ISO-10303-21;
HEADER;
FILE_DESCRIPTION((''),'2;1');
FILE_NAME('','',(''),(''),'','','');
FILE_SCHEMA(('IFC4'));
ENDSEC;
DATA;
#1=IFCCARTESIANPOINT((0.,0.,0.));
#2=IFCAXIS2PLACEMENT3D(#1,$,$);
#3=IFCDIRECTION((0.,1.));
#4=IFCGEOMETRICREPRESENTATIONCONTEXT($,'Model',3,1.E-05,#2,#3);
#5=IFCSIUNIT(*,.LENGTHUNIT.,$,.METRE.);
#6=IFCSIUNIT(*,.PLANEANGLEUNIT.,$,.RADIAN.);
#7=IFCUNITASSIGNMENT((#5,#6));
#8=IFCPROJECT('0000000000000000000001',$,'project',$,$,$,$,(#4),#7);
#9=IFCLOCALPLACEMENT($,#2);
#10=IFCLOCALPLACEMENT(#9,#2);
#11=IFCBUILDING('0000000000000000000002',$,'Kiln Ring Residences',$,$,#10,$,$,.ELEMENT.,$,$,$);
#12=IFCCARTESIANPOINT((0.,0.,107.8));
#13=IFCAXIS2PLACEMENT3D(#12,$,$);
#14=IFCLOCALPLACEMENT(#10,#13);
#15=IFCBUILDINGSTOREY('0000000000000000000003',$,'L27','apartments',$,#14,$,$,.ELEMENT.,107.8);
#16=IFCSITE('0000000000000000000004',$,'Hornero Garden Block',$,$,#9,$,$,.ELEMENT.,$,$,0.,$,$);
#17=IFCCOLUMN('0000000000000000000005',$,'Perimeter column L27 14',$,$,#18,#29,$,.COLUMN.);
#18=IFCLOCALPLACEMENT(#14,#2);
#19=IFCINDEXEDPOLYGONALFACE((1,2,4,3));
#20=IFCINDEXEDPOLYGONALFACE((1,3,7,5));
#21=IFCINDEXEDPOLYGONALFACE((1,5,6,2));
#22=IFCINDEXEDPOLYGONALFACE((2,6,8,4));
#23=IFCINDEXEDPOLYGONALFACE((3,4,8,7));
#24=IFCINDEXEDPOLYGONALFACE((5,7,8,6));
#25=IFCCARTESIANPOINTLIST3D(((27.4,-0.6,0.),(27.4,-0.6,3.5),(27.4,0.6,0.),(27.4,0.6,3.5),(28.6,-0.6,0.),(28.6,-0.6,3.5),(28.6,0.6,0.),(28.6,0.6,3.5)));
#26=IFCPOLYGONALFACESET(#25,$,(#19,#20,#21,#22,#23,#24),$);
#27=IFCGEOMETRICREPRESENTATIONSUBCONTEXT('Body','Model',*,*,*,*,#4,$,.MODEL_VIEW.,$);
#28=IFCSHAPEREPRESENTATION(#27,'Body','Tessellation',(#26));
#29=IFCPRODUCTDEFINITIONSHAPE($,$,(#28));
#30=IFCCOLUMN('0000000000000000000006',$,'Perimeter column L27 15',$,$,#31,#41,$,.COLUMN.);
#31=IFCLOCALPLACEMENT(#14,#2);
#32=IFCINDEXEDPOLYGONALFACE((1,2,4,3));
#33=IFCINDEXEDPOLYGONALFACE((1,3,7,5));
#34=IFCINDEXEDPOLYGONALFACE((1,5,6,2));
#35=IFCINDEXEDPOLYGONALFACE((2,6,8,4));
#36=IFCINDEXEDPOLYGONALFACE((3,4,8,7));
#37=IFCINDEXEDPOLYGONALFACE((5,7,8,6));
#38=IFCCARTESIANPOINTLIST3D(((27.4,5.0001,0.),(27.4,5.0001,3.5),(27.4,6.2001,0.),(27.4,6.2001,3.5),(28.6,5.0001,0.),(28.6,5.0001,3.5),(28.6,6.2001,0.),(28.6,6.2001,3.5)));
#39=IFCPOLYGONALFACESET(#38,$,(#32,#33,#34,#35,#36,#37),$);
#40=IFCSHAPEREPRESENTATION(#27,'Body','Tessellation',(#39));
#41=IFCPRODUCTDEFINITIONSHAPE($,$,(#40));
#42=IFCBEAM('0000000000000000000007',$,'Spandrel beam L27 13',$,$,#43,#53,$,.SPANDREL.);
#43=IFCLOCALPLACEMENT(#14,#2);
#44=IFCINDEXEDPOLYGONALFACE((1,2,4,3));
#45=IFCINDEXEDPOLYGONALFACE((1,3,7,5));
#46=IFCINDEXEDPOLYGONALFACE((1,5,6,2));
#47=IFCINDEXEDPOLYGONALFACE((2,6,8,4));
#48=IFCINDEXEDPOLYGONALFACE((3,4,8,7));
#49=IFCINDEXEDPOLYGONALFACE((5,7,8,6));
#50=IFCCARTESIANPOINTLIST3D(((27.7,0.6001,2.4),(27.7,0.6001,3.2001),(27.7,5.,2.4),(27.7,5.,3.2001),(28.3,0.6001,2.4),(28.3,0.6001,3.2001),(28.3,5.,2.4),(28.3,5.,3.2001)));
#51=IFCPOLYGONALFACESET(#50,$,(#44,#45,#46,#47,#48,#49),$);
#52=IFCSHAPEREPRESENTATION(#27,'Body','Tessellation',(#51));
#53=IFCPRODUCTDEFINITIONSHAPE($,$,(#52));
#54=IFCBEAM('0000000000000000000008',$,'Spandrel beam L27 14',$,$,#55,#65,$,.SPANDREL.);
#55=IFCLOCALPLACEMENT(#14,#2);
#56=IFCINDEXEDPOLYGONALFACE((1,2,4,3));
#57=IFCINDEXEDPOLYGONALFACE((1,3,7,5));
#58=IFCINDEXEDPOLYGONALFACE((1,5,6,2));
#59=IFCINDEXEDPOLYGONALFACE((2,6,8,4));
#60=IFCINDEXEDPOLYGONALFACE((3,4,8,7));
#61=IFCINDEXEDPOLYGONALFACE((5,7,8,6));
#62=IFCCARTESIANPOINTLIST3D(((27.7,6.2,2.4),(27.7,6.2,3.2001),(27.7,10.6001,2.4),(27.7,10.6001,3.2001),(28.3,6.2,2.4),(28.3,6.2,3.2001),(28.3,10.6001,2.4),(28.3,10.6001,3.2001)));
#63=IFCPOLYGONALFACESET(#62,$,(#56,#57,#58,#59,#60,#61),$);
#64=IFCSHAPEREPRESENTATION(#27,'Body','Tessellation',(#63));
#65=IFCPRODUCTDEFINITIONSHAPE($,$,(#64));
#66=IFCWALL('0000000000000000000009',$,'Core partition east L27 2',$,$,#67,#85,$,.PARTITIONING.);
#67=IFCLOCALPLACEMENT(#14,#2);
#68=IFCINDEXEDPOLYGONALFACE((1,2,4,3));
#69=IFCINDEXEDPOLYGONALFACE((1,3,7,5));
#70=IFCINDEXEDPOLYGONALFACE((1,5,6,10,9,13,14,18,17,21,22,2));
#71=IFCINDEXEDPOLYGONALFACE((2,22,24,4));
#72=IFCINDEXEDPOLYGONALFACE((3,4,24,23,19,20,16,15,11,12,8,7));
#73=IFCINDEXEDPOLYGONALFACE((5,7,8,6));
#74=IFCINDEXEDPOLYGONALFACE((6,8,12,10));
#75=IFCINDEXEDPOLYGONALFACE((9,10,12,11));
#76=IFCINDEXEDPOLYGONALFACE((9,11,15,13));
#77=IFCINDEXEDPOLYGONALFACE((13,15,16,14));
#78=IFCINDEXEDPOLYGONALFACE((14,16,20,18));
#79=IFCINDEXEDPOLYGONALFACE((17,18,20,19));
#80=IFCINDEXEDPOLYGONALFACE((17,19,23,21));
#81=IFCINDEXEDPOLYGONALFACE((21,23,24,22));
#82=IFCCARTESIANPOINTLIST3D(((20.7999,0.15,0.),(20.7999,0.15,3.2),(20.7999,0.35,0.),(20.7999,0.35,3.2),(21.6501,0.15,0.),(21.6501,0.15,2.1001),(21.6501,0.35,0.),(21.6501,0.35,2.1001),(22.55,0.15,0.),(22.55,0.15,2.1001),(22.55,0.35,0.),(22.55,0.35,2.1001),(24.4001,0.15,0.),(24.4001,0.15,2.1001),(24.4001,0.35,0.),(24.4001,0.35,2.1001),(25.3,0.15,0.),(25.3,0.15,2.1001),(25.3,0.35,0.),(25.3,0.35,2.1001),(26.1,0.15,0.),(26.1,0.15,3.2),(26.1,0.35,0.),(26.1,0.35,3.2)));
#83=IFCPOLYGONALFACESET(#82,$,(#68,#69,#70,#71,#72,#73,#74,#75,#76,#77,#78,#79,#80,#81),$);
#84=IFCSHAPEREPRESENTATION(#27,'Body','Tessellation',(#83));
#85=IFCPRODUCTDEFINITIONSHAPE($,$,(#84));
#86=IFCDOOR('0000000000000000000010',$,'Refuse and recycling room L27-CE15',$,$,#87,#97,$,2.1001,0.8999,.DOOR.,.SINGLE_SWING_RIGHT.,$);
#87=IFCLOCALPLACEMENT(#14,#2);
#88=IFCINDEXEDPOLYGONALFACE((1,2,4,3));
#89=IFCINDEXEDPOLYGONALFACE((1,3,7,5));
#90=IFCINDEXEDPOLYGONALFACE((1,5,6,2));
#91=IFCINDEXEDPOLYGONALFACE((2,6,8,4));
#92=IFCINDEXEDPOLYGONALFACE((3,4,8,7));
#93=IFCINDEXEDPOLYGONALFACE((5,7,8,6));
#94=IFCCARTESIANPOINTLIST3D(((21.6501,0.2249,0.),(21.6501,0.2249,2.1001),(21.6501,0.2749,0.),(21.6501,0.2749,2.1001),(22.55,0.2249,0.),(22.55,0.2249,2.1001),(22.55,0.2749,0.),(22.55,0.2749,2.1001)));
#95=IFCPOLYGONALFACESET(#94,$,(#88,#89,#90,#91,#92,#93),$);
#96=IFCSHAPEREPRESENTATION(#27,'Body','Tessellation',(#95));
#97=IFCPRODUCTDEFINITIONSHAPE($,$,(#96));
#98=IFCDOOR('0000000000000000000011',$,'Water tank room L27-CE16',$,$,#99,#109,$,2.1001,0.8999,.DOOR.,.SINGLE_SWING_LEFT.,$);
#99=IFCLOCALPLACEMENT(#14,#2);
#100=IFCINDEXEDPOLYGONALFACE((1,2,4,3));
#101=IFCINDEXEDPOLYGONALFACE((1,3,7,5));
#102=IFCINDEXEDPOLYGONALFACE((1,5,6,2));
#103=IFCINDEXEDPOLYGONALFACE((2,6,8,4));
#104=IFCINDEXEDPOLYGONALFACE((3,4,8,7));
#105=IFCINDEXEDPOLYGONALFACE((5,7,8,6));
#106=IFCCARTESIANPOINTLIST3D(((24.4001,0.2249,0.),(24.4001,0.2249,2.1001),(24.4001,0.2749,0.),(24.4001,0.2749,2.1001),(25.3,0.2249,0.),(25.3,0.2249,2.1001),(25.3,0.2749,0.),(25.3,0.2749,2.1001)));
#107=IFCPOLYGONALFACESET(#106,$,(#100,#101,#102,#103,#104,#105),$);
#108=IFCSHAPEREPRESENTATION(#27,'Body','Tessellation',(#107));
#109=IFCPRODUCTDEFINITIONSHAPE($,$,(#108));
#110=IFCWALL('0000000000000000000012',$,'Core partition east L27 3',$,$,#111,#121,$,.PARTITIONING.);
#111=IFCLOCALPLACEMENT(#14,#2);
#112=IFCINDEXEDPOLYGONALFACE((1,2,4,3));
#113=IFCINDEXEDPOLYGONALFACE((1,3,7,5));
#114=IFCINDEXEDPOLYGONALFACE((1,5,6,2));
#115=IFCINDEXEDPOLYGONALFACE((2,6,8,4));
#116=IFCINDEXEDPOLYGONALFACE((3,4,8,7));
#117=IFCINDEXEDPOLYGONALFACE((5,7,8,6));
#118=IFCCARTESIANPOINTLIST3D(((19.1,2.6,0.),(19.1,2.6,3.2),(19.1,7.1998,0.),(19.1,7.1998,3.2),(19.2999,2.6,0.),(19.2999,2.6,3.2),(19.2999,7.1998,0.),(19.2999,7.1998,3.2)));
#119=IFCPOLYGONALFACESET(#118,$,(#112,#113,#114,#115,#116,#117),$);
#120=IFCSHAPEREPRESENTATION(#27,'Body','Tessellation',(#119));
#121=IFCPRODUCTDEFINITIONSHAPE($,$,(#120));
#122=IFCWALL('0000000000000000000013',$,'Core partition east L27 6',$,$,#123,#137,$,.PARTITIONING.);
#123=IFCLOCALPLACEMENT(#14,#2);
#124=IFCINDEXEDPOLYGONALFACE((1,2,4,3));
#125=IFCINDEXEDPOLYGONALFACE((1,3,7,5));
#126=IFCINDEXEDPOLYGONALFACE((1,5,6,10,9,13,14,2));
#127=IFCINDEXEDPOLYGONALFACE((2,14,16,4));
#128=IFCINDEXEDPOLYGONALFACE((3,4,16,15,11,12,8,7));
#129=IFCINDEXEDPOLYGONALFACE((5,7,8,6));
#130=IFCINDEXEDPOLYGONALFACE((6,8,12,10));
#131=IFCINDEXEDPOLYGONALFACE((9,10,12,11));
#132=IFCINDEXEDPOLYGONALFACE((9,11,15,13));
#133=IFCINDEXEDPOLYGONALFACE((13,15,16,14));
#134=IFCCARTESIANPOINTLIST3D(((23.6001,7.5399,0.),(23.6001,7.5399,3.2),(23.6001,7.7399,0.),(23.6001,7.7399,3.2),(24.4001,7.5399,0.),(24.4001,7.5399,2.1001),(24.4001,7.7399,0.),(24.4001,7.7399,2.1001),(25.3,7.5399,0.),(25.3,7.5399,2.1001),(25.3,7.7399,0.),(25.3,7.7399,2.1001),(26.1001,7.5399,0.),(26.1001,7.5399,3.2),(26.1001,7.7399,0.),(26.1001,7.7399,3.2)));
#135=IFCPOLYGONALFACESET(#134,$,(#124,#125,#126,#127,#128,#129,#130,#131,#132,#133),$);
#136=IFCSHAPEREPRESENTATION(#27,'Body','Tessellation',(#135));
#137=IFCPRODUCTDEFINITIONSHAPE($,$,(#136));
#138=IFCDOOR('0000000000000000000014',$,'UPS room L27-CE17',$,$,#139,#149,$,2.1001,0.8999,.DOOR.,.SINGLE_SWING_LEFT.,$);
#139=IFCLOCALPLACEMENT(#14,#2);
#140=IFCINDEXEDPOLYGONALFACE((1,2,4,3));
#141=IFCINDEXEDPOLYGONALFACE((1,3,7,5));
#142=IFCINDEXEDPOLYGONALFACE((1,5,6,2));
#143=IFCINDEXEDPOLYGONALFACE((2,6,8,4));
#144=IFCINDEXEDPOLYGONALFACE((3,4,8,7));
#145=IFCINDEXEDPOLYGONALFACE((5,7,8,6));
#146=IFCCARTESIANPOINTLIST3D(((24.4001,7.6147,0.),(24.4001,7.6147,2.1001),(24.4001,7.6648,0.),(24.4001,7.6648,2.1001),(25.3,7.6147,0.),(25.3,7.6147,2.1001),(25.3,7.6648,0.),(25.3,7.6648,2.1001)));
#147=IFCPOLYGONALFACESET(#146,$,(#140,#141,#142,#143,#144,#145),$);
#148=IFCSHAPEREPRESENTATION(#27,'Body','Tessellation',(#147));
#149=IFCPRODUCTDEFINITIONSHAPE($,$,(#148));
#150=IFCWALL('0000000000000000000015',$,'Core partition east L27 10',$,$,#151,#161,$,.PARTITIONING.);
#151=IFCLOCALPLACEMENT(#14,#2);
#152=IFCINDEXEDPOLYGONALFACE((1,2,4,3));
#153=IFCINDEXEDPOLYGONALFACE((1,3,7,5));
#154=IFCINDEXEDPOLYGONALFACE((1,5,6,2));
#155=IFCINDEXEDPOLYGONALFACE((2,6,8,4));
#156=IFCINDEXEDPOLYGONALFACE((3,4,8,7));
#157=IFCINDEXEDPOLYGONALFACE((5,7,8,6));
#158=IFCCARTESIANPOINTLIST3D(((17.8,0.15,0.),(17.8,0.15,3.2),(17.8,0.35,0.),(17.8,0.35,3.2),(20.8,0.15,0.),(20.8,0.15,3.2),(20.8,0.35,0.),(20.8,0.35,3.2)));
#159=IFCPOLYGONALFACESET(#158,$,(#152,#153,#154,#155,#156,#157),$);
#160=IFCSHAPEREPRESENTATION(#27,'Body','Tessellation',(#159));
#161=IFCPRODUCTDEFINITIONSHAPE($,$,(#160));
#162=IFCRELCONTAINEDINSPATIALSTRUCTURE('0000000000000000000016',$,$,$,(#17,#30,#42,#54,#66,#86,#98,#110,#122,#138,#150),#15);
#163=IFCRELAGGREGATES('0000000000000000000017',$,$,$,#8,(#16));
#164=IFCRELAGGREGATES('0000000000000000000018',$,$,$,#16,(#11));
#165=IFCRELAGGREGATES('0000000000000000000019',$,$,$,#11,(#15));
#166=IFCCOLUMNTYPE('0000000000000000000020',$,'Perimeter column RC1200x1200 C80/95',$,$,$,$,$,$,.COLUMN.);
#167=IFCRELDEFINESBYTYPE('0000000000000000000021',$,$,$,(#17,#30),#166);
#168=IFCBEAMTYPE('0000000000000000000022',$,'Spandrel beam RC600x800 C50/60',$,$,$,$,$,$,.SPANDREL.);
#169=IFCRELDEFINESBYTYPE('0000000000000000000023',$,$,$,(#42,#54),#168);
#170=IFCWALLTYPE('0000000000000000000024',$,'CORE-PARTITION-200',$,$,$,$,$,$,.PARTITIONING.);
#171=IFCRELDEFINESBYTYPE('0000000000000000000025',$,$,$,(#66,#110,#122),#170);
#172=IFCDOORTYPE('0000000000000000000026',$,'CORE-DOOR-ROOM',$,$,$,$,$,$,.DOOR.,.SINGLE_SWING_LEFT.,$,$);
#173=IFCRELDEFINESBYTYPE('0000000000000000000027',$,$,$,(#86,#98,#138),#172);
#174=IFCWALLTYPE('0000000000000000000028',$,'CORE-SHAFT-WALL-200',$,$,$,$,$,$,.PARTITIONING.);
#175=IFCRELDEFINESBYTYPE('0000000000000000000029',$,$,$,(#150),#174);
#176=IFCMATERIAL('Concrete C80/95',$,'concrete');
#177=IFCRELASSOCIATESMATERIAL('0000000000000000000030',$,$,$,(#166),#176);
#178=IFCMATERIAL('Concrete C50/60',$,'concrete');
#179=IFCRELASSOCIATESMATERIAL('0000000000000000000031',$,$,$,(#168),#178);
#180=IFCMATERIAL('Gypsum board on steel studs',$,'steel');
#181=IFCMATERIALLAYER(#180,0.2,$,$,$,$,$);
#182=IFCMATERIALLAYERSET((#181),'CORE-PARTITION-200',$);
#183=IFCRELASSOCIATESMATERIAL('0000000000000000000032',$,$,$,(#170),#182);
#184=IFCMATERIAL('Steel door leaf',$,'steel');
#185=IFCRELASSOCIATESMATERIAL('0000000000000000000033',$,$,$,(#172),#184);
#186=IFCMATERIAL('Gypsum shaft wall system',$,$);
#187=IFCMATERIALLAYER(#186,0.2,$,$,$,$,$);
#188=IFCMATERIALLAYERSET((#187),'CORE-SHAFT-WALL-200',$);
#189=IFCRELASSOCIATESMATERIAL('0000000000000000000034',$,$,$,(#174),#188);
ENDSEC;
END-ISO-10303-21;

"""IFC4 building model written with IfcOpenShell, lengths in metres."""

from ifc_helpers import new_model, si_unit, direction, frame, frame_2d, origin, origin_2d, place, context, subcontext, project, spatial, rectangle, extrude, material, layer, layer_set, material_profile, profile_set, type_object, element, fill, save


model = new_model("IFC4")

# Units and contexts
model_context = context("Model", 3, precision=1e-05, world=origin(), true_north=direction((0.0, 1.0)))
body_context = subcontext(model_context, "Body", "Model", "MODEL_VIEW")
ifc_project = project(units=[si_unit("LENGTHUNIT", "METRE"), si_unit("PLANEANGLEUNIT", "RADIAN")], contexts=[model_context])

# Site, building, storey
site_placement = place(None, origin())
site = spatial("IfcSite", under=ifc_project, at=site_placement, Name="Hornero Garden Block", CompositionType="ELEMENT", RefElevation=0.0)
building_placement = place(site_placement, origin())
building = spatial("IfcBuilding", under=site, at=building_placement, Name="Kiln Ring Residences", CompositionType="ELEMENT")
storey_placement = place(building_placement, frame((0.0, 0.0, 107.8)))
storey = spatial("IfcBuildingStorey", under=building, at=storey_placement, Name="L27", Description="apartments", CompositionType="ELEMENT", Elevation=107.8)

# Columns
ifc_material_1 = material(Name="Concrete C80/95", Category="concrete")
ifc_material_profile_1 = material_profile(ifc_material_1, rectangle(XDim=1.2, YDim=1.2, at=origin_2d()), Name="RC1200x1200")
ifc_profile_set_1 = profile_set([ifc_material_profile_1], Name="Concrete C80/95")
column_type = type_object("IfcColumnType", Name="Perimeter column RC1200x1200 C80/95", PredefinedType="COLUMN", material=ifc_profile_set_1)
for number, where, z_axis, x_axis, name in (
    (1, (28.0, 0.0, 0.0), (0.0, 0.0, 1.0), (1.0, 0.0, 0.0), "Perimeter column L27 14"),
    (2, (28.0, 5.6001, 0.0), (0.0, 0.0, 1.0), (1.0, 0.0, 0.0), "Perimeter column L27 15"),
):
    element("IfcColumn", number, at=place(storey_placement, frame(where, z_axis=z_axis, x_axis=x_axis)), inside=storey, type_object=column_type, Name=name, PredefinedType="COLUMN", context=body_context, shape_type="SweptSolid", body=[
        extrude(rectangle(XDim=1.2, YDim=1.2, at=origin_2d()), origin(), (0.0, 0.0, 1.0), 3.5),
    ])

# Beams
ifc_material_2 = material(Name="Concrete C50/60", Category="concrete")
ifc_material_profile_2 = material_profile(ifc_material_2, rectangle(XDim=0.6001, YDim=0.8, at=origin_2d()), Name="RC600x800")
ifc_profile_set_2 = profile_set([ifc_material_profile_2], Name="Concrete C50/60")
beam_type = type_object("IfcBeamType", Name="Spandrel beam RC600x800 C50/60", PredefinedType="SPANDREL", material=ifc_profile_set_2)
beam_1_placement = place(storey_placement, frame((28.0, 0.6001, 2.8), z_axis=(0.0, 1.0, 0.0), x_axis=(-1.0, 0.0, 0.0)))
element("IfcBeam", 3, at=beam_1_placement, inside=storey, type_object=beam_type, Name="Spandrel beam L27 13", PredefinedType="SPANDREL", context=body_context, shape_type="SweptSolid", body=[
    extrude(rectangle(XDim=0.6001, YDim=0.8, at=origin_2d()), origin(), (0.0, 0.0, 1.0), 4.3999),
])
beam_2_placement = place(storey_placement, frame((28.0, 6.2, 2.8), z_axis=(0.0, 1.0, 0.0), x_axis=(-1.0, 0.0, 0.0)))
element("IfcBeam", 4, at=beam_2_placement, inside=storey, type_object=beam_type, Name="Spandrel beam L27 14", PredefinedType="SPANDREL", context=body_context, shape_type="SweptSolid", body=[
    extrude(rectangle(XDim=0.6001, YDim=0.8, at=origin_2d()), origin(), (0.0, 0.0, 1.0), 4.4001),
])

# Wall, openings, doors
ifc_material_3 = material(Name="Gypsum board on steel studs", Category="steel")
ifc_layer_1 = layer(ifc_material_3, 0.2)
ifc_layer_set_1 = layer_set([ifc_layer_1], Name="CORE-PARTITION-200")
wall_type_1 = type_object("IfcWallType", Name="CORE-PARTITION-200", PredefinedType="PARTITIONING", material=ifc_layer_set_1)
wall_1_placement = place(storey_placement, frame((20.8, 0.25, 0.0), z_axis=(0.0, 0.0, 1.0), x_axis=(1.0, 0.0, 0.0)))
wall_1 = element("IfcWall", 5, at=wall_1_placement, inside=storey, type_object=wall_type_1, Name="Core partition east L27 2", PredefinedType="PARTITIONING", context=body_context, shape_type="SweptSolid", body=[
    extrude(rectangle(XDim=5.3, YDim=0.2, at=frame_2d((2.6499, 0.0))), origin(), (0.0, 0.0, 1.0), 3.2),
])
opening_1_placement = place(wall_1_placement, frame((0.8501, 0.0, 0.0)))
opening_1 = element("IfcOpeningElement", 6, at=opening_1_placement, cuts=wall_1, PredefinedType="OPENING", context=body_context, shape_type="SweptSolid", body=[
    extrude(rectangle(XDim=0.8999, YDim=2.1001, at=frame_2d((0.45, 1.05))), frame((0.0, 0.1099, 0.0), z_axis=(0.0, -1.0, 0.0), x_axis=(1.0, 0.0, 0.0)), (0.0, 0.0, 1.0), 0.22),
])
opening_2_placement = place(wall_1_placement, frame((3.6001, 0.0, 0.0)))
opening_2 = element("IfcOpeningElement", 7, at=opening_2_placement, cuts=wall_1, PredefinedType="OPENING", context=body_context, shape_type="SweptSolid", body=[
    extrude(rectangle(XDim=0.8999, YDim=2.1001, at=frame_2d((0.45, 1.05))), frame((0.0, 0.1099, 0.0), z_axis=(0.0, -1.0, 0.0), x_axis=(1.0, 0.0, 0.0)), (0.0, 0.0, 1.0), 0.22),
])
ifc_material_4 = material(Name="Steel door leaf", Category="steel")
door_type = type_object("IfcDoorType", Name="CORE-DOOR-ROOM", OperationType="SINGLE_SWING_LEFT", PredefinedType="DOOR", material=ifc_material_4)
door_1_placement = place(opening_1_placement, origin())
door_1 = element("IfcDoor", 8, at=door_1_placement, inside=storey, type_object=door_type, Name="Refuse and recycling room L27-CE15", OperationType="SINGLE_SWING_RIGHT", OverallHeight=2.1001, OverallWidth=0.8999, PredefinedType="DOOR", context=body_context, shape_type="SweptSolid", body=[
    extrude(rectangle(XDim=0.8999, YDim=2.1001, at=frame_2d((0.45, 1.05))), frame((0.0, 0.0249, 0.0), z_axis=(0.0, -1.0, 0.0), x_axis=(1.0, 0.0, 0.0)), (0.0, 0.0, 1.0), 0.05),
])
fill(opening_1, door_1)
door_2_placement = place(opening_2_placement, origin())
door_2 = element("IfcDoor", 9, at=door_2_placement, inside=storey, type_object=door_type, Name="Water tank room L27-CE16", OperationType="SINGLE_SWING_LEFT", OverallHeight=2.1001, OverallWidth=0.8999, PredefinedType="DOOR", context=body_context, shape_type="SweptSolid", body=[
    extrude(rectangle(XDim=0.8999, YDim=2.1001, at=frame_2d((0.45, 1.05))), frame((0.0, 0.0249, 0.0), z_axis=(0.0, -1.0, 0.0), x_axis=(1.0, 0.0, 0.0)), (0.0, 0.0, 1.0), 0.05),
])
fill(opening_2, door_2)

# Wall
wall_2_placement = place(storey_placement, frame((19.2, 2.6001, 0.0), z_axis=(0.0, 0.0, 1.0), x_axis=(0.0, 1.0, 0.0)))
element("IfcWall", 10, at=wall_2_placement, inside=storey, type_object=wall_type_1, Name="Core partition east L27 3", PredefinedType="PARTITIONING", context=body_context, shape_type="SweptSolid", body=[
    extrude(rectangle(XDim=4.5999, YDim=0.2, at=frame_2d((2.2998, 0.0))), origin(), (0.0, 0.0, 1.0), 3.2),
])

# Wall, opening, door
wall_3_placement = place(storey_placement, frame((23.6001, 7.6399, 0.0), z_axis=(0.0, 0.0, 1.0), x_axis=(1.0, 0.0, 0.0)))
wall_3 = element("IfcWall", 11, at=wall_3_placement, inside=storey, type_object=wall_type_1, Name="Core partition east L27 6", PredefinedType="PARTITIONING", context=body_context, shape_type="SweptSolid", body=[
    extrude(rectangle(XDim=2.5, YDim=0.2, at=frame_2d((1.25, 0.0))), origin(), (0.0, 0.0, 1.0), 3.2),
])
opening_3_placement = place(wall_3_placement, frame((0.8, 0.0, 0.0)))
opening_3 = element("IfcOpeningElement", 12, at=opening_3_placement, cuts=wall_3, PredefinedType="OPENING", context=body_context, shape_type="SweptSolid", body=[
    extrude(rectangle(XDim=0.8999, YDim=2.1001, at=frame_2d((0.45, 1.05))), frame((0.0, 0.1099, 0.0), z_axis=(0.0, -1.0, 0.0), x_axis=(1.0, 0.0, 0.0)), (0.0, 0.0, 1.0), 0.22),
])
door_3_placement = place(opening_3_placement, origin())
door_3 = element("IfcDoor", 13, at=door_3_placement, inside=storey, type_object=door_type, Name="UPS room L27-CE17", OperationType="SINGLE_SWING_LEFT", OverallHeight=2.1001, OverallWidth=0.8999, PredefinedType="DOOR", context=body_context, shape_type="SweptSolid", body=[
    extrude(rectangle(XDim=0.8999, YDim=2.1001, at=frame_2d((0.45, 1.05))), frame((0.0, 0.0249, 0.0), z_axis=(0.0, -1.0, 0.0), x_axis=(1.0, 0.0, 0.0)), (0.0, 0.0, 1.0), 0.05),
])
fill(opening_3, door_3)

# Wall
ifc_material_5 = material(Name="Gypsum shaft wall system")
ifc_layer_2 = layer(ifc_material_5, 0.2)
ifc_layer_set_2 = layer_set([ifc_layer_2], Name="CORE-SHAFT-WALL-200")
wall_type_2 = type_object("IfcWallType", Name="CORE-SHAFT-WALL-200", PredefinedType="PARTITIONING", material=ifc_layer_set_2)
wall_4_placement = place(storey_placement, frame((17.8, 0.25, 0.0), z_axis=(0.0, 0.0, 1.0), x_axis=(1.0, 0.0, 0.0)))
element("IfcWall", 14, at=wall_4_placement, inside=storey, type_object=wall_type_2, Name="Core partition east L27 10", PredefinedType="PARTITIONING", context=body_context, shape_type="SweptSolid", body=[
    extrude(rectangle(XDim=3.0, YDim=0.2, at=frame_2d((1.5, 0.0))), origin(), (0.0, 0.0, 1.0), 3.2),
])

save(model, "model.ifc")
